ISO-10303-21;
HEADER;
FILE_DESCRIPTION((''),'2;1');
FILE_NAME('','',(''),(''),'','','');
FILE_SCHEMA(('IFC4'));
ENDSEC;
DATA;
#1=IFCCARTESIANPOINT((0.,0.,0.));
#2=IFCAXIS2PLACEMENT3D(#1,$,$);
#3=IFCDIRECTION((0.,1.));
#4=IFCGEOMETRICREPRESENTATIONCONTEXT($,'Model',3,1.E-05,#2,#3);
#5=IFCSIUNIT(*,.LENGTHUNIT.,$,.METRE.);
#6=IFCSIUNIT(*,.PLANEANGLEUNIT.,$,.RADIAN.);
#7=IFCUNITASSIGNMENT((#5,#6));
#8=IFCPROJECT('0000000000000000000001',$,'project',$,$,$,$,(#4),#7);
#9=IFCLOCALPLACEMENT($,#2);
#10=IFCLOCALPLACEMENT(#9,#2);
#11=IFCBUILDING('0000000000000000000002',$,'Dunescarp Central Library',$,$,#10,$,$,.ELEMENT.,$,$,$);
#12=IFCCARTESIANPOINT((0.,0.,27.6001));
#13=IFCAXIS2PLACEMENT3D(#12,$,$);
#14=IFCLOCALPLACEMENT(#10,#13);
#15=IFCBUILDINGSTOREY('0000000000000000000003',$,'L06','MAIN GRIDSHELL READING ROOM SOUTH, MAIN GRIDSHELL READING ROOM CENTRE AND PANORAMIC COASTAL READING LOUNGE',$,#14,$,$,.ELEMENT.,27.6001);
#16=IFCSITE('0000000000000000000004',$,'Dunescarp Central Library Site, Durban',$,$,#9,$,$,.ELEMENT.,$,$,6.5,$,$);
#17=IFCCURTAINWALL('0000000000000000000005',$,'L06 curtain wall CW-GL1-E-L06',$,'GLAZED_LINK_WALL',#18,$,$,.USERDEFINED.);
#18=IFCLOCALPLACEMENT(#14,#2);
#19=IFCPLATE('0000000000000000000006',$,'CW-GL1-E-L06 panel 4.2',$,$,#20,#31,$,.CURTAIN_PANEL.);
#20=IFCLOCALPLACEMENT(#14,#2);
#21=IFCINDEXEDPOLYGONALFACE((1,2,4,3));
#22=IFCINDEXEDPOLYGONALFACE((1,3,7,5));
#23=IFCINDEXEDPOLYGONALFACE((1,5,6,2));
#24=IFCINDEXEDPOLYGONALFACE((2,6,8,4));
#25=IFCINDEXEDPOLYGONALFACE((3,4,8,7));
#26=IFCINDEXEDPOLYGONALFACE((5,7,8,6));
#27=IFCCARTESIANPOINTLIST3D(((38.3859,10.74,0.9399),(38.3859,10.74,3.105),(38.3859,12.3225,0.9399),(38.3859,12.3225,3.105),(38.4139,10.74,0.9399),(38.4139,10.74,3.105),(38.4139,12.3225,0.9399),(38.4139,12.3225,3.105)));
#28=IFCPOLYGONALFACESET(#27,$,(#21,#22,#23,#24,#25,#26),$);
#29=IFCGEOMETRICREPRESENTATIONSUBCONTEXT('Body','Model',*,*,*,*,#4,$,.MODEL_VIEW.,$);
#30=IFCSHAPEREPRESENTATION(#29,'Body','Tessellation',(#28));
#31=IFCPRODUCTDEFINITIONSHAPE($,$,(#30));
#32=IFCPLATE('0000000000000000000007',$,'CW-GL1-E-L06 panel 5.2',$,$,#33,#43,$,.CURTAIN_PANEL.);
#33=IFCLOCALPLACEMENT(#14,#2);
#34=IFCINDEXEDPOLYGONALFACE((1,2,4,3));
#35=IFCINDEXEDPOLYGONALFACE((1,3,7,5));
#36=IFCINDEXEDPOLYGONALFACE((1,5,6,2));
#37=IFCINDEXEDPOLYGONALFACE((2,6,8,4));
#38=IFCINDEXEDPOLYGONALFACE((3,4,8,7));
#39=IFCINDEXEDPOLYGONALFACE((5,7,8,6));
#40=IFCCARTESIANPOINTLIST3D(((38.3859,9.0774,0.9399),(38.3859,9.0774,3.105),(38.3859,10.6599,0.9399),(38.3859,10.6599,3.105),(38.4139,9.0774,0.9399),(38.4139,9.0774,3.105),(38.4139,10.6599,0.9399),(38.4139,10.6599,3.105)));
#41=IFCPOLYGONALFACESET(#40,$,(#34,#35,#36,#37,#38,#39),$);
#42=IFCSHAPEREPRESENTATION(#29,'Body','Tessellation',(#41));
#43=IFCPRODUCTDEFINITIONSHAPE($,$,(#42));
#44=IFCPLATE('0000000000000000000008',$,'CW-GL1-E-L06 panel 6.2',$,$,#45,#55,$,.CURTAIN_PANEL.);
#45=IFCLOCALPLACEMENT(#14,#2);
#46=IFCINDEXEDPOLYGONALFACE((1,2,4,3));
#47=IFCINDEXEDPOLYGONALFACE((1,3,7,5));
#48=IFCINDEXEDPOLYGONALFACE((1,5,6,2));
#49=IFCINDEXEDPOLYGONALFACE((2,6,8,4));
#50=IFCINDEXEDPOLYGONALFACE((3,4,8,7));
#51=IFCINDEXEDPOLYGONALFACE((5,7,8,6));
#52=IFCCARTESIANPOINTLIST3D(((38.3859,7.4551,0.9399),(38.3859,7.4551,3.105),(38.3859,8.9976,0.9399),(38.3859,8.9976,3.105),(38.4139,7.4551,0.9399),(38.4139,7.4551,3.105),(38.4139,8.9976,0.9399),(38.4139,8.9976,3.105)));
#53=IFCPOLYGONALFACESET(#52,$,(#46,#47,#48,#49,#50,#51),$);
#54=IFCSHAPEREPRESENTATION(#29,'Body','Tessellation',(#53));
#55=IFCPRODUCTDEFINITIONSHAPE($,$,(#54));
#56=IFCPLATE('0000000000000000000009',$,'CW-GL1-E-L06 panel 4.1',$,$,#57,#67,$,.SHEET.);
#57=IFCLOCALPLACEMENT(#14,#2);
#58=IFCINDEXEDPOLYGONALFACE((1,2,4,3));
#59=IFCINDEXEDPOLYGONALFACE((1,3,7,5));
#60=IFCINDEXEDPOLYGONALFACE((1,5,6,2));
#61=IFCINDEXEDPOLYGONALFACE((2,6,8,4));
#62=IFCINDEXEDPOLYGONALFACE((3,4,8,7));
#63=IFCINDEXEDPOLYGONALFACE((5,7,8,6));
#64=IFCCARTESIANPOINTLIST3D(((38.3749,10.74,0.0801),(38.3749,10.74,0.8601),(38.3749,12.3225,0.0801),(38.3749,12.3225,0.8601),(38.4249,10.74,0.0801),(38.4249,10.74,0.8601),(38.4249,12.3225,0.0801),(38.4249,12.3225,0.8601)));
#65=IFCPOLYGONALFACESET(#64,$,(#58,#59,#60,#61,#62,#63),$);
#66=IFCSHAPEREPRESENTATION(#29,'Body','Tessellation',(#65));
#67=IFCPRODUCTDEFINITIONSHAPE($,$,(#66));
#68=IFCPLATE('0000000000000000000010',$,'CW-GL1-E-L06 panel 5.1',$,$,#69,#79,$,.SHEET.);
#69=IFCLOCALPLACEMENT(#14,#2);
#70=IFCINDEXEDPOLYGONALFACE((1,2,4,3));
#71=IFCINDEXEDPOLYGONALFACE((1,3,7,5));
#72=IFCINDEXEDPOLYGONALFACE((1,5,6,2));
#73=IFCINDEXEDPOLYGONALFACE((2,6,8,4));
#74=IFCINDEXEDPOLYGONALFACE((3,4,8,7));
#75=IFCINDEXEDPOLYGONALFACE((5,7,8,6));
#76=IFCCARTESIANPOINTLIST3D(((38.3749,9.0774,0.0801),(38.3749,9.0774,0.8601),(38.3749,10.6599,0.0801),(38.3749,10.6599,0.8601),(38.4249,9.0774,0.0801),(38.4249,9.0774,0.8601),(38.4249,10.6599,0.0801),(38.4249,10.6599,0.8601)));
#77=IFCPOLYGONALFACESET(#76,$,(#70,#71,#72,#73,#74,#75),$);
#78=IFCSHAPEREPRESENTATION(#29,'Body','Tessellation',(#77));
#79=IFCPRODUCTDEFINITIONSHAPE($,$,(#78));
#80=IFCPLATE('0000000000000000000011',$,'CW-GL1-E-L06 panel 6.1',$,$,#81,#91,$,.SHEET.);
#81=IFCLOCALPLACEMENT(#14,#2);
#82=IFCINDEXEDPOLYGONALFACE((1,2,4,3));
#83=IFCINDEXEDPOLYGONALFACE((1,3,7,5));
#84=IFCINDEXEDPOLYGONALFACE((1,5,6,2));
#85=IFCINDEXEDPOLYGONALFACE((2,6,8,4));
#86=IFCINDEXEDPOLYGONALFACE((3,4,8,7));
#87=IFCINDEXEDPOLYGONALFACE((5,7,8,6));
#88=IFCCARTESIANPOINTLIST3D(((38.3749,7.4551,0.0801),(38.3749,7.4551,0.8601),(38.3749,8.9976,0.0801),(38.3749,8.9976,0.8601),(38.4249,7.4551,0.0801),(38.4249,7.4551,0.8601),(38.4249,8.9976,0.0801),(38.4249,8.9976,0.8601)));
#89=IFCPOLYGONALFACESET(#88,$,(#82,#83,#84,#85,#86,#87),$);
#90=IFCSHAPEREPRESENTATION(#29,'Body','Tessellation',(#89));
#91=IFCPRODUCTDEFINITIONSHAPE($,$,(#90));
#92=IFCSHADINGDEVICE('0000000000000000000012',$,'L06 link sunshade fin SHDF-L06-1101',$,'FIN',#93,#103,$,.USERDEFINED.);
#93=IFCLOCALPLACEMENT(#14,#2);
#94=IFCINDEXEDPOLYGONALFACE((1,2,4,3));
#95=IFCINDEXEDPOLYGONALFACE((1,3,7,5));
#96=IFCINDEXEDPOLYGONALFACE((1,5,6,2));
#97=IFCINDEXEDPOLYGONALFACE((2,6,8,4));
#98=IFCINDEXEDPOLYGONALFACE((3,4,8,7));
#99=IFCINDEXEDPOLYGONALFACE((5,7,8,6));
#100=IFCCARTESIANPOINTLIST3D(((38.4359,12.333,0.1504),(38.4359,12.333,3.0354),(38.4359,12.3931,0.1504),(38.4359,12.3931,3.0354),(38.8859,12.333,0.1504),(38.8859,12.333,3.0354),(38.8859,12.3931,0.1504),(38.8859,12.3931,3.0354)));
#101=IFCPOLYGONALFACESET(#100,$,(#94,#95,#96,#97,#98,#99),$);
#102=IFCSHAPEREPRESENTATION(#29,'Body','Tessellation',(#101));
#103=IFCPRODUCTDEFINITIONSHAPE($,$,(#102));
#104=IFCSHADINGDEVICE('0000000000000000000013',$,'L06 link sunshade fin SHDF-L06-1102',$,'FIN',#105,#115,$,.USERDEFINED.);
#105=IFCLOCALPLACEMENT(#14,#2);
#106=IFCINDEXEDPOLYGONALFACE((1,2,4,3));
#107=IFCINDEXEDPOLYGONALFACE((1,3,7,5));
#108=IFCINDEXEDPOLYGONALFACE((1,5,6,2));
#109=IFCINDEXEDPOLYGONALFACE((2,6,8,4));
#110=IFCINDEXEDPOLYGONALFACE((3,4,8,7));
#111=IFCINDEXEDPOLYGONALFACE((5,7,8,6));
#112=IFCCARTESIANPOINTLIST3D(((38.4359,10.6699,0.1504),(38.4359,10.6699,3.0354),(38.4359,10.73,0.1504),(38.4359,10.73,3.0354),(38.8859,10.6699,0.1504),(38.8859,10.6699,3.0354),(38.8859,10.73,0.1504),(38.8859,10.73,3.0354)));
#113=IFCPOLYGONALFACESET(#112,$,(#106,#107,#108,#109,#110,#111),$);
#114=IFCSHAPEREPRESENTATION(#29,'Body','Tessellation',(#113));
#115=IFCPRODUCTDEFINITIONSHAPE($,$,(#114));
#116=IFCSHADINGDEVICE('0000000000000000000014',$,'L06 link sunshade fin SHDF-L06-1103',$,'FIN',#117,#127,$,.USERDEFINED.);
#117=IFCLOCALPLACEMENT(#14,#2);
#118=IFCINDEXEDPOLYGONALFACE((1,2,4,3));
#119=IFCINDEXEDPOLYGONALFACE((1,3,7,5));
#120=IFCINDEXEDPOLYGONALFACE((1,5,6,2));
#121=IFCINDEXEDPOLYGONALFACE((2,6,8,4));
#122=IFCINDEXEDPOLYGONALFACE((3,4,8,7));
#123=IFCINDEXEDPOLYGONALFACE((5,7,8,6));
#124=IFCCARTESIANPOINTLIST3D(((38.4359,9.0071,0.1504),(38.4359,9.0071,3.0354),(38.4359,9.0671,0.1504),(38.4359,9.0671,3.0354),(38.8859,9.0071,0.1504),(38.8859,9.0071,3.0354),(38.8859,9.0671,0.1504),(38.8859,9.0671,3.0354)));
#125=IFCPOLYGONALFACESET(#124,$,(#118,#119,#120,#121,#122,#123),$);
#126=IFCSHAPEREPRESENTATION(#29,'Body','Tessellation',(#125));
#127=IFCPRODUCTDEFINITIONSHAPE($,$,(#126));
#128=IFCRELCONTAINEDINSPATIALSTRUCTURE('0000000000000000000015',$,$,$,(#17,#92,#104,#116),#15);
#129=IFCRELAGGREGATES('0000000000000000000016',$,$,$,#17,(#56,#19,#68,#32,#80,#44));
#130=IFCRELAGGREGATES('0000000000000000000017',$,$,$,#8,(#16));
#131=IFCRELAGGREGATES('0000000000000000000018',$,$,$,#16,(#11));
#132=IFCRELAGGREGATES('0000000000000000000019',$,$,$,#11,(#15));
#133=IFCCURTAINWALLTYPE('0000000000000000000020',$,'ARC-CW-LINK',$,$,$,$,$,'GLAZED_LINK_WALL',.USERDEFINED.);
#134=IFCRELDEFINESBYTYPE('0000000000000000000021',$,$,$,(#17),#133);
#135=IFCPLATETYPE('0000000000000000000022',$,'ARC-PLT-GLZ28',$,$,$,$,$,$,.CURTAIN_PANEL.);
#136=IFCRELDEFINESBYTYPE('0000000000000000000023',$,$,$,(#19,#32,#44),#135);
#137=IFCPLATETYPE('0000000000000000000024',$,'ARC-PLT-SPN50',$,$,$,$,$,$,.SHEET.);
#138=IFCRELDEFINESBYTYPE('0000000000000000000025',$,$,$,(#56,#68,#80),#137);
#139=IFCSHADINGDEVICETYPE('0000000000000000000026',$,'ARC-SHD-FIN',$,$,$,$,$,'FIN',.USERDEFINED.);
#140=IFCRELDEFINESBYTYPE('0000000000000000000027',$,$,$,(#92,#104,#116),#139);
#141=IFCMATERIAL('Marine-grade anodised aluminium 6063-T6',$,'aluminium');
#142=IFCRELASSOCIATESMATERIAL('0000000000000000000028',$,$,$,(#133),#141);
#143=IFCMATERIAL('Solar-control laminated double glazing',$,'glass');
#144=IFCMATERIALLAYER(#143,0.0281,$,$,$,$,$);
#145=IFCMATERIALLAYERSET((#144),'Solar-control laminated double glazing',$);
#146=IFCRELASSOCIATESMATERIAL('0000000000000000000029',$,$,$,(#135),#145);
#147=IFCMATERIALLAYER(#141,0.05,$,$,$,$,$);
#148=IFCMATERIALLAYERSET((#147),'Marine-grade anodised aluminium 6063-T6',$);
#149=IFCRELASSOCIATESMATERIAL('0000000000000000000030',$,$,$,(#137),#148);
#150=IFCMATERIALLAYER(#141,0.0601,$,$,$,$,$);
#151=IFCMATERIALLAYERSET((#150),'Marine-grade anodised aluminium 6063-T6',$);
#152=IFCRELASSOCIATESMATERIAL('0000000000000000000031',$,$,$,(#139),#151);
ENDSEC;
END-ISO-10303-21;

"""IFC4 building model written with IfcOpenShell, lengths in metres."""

from ifc_helpers import new_model, si_unit, direction, frame, origin, origin_2d, place, context, subcontext, project, spatial, rectangle, extrude, material, layer, layer_set, type_object, element, aggregate, save


model = new_model("IFC4")

# Units and contexts
model_context = context("Model", 3, precision=1e-05, world=origin(), true_north=direction((0.0, 1.0)))
body_context = subcontext(model_context, "Body", "Model", "MODEL_VIEW")
ifc_project = project(units=[si_unit("LENGTHUNIT", "METRE"), si_unit("PLANEANGLEUNIT", "RADIAN")], contexts=[model_context])

# Site, building, storey
site_placement = place(None, origin())
site = spatial("IfcSite", under=ifc_project, at=site_placement, Name="Dunescarp Central Library Site, Durban", CompositionType="ELEMENT", RefElevation=6.5)
building_placement = place(site_placement, origin())
building = spatial("IfcBuilding", under=site, at=building_placement, Name="Dunescarp Central Library", CompositionType="ELEMENT")
storey_placement = place(building_placement, frame((0.0, 0.0, 27.6001)))
storey = spatial("IfcBuildingStorey", under=building, at=storey_placement, Name="L06", Description="MAIN GRIDSHELL READING ROOM SOUTH, MAIN GRIDSHELL READING ROOM CENTRE AND PANORAMIC COASTAL READING LOUNGE", CompositionType="ELEMENT", Elevation=27.6001)

# Curtain wall
ifc_material_1 = material(Name="Marine-grade anodised aluminium 6063-T6", Category="aluminium")
curtain_wall_type = type_object("IfcCurtainWallType", Name="ARC-CW-LINK", ElementType="GLAZED_LINK_WALL", PredefinedType="USERDEFINED", material=ifc_material_1)
curtain_wall_placement = place(storey_placement, origin())
curtain_wall = element("IfcCurtainWall", 1, at=curtain_wall_placement, inside=storey, type_object=curtain_wall_type, Name="L06 curtain wall CW-GL1-E-L06", ObjectType="GLAZED_LINK_WALL", PredefinedType="USERDEFINED")

# Plates
ifc_material_2 = material(Name="Solar-control laminated double glazing", Category="glass")
ifc_layer_1 = layer(ifc_material_2, 0.0281)
ifc_layer_set_1 = layer_set([ifc_layer_1], Name="Solar-control laminated double glazing")
plate_type_1 = type_object("IfcPlateType", Name="ARC-PLT-GLZ28", PredefinedType="CURTAIN_PANEL", material=ifc_layer_set_1)
plate_1_placement = place(storey_placement, frame((38.3999, 11.5312, 0.9399), z_axis=(0.0, 0.0, 1.0), x_axis=(0.0, -1.0, 0.0)))
plate_1 = element("IfcPlate", 2, at=plate_1_placement, type_object=plate_type_1, Name="CW-GL1-E-L06 panel 4.2", PredefinedType="CURTAIN_PANEL", context=body_context, shape_type="SweptSolid", body=[
    extrude(rectangle(XDim=1.5825, YDim=0.0281, at=origin_2d()), origin(), (0.0, 0.0, 1.0), 2.165),
])
plate_2_placement = place(storey_placement, frame((38.3999, 9.8687, 0.9399), z_axis=(0.0, 0.0, 1.0), x_axis=(0.0, -1.0, 0.0)))
plate_2 = element("IfcPlate", 3, at=plate_2_placement, type_object=plate_type_1, Name="CW-GL1-E-L06 panel 5.2", PredefinedType="CURTAIN_PANEL", context=body_context, shape_type="SweptSolid", body=[
    extrude(rectangle(XDim=1.5825, YDim=0.0281, at=origin_2d()), origin(), (0.0, 0.0, 1.0), 2.165),
])
plate_3_placement = place(storey_placement, frame((38.3999, 8.2263, 0.9399), z_axis=(0.0, 0.0, 1.0), x_axis=(0.0, -1.0, 0.0)))
plate_3 = element("IfcPlate", 4, at=plate_3_placement, type_object=plate_type_1, Name="CW-GL1-E-L06 panel 6.2", PredefinedType="CURTAIN_PANEL", context=body_context, shape_type="SweptSolid", body=[
    extrude(rectangle(XDim=1.5425, YDim=0.0281, at=origin_2d()), origin(), (0.0, 0.0, 1.0), 2.165),
])
ifc_layer_2 = layer(ifc_material_1, 0.05)
ifc_layer_set_2 = layer_set([ifc_layer_2], Name="Marine-grade anodised aluminium 6063-T6")
plate_type_2 = type_object("IfcPlateType", Name="ARC-PLT-SPN50", PredefinedType="SHEET", material=ifc_layer_set_2)
plate_4_placement = place(storey_placement, frame((38.3999, 11.5312, 0.0801), z_axis=(0.0, 0.0, 1.0), x_axis=(0.0, -1.0, 0.0)))
plate_4 = element("IfcPlate", 5, at=plate_4_placement, type_object=plate_type_2, Name="CW-GL1-E-L06 panel 4.1", PredefinedType="SHEET", context=body_context, shape_type="SweptSolid", body=[
    extrude(rectangle(XDim=1.5825, YDim=0.05, at=origin_2d()), origin(), (0.0, 0.0, 1.0), 0.78),
])
plate_5_placement = place(storey_placement, frame((38.3999, 9.8687, 0.0801), z_axis=(0.0, 0.0, 1.0), x_axis=(0.0, -1.0, 0.0)))
plate_5 = element("IfcPlate", 6, at=plate_5_placement, type_object=plate_type_2, Name="CW-GL1-E-L06 panel 5.1", PredefinedType="SHEET", context=body_context, shape_type="SweptSolid", body=[
    extrude(rectangle(XDim=1.5825, YDim=0.05, at=origin_2d()), origin(), (0.0, 0.0, 1.0), 0.78),
])
plate_6_placement = place(storey_placement, frame((38.3999, 8.2263, 0.0801), z_axis=(0.0, 0.0, 1.0), x_axis=(0.0, -1.0, 0.0)))
plate_6 = element("IfcPlate", 7, at=plate_6_placement, type_object=plate_type_2, Name="CW-GL1-E-L06 panel 6.1", PredefinedType="SHEET", context=body_context, shape_type="SweptSolid", body=[
    extrude(rectangle(XDim=1.5425, YDim=0.05, at=origin_2d()), origin(), (0.0, 0.0, 1.0), 0.78),
])
aggregate(curtain_wall, [plate_4, plate_1, plate_5, plate_2, plate_6, plate_3])

# Shading devices
ifc_layer_3 = layer(ifc_material_1, 0.0601)
ifc_layer_set_3 = layer_set([ifc_layer_3], Name="Marine-grade anodised aluminium 6063-T6")
shading_device_type = type_object("IfcShadingDeviceType", Name="ARC-SHD-FIN", ElementType="FIN", PredefinedType="USERDEFINED", material=ifc_layer_set_3)
for number, where, z_axis, x_axis, name in (
    (8, (38.6609, 12.363, 0.1504), (0.0, 0.0, 1.0), (1.0, 0.0, 0.0), "L06 link sunshade fin SHDF-L06-1101"),
    (9, (38.6609, 10.7, 0.1504), (0.0, 0.0, 1.0), (1.0, 0.0, 0.0), "L06 link sunshade fin SHDF-L06-1102"),
    (10, (38.6609, 9.0371, 0.1504), (0.0, 0.0, 1.0), (1.0, 0.0, 0.0), "L06 link sunshade fin SHDF-L06-1103"),
):
    element("IfcShadingDevice", number, at=place(storey_placement, frame(where, z_axis=z_axis, x_axis=x_axis)), inside=storey, type_object=shading_device_type, Name=name, ObjectType="FIN", PredefinedType="USERDEFINED", context=body_context, shape_type="SweptSolid", body=[
        extrude(rectangle(XDim=0.45, YDim=0.0601, at=origin_2d()), origin(), (0.0, 0.0, 1.0), 2.885),
    ])

save(model, "model.ifc")
